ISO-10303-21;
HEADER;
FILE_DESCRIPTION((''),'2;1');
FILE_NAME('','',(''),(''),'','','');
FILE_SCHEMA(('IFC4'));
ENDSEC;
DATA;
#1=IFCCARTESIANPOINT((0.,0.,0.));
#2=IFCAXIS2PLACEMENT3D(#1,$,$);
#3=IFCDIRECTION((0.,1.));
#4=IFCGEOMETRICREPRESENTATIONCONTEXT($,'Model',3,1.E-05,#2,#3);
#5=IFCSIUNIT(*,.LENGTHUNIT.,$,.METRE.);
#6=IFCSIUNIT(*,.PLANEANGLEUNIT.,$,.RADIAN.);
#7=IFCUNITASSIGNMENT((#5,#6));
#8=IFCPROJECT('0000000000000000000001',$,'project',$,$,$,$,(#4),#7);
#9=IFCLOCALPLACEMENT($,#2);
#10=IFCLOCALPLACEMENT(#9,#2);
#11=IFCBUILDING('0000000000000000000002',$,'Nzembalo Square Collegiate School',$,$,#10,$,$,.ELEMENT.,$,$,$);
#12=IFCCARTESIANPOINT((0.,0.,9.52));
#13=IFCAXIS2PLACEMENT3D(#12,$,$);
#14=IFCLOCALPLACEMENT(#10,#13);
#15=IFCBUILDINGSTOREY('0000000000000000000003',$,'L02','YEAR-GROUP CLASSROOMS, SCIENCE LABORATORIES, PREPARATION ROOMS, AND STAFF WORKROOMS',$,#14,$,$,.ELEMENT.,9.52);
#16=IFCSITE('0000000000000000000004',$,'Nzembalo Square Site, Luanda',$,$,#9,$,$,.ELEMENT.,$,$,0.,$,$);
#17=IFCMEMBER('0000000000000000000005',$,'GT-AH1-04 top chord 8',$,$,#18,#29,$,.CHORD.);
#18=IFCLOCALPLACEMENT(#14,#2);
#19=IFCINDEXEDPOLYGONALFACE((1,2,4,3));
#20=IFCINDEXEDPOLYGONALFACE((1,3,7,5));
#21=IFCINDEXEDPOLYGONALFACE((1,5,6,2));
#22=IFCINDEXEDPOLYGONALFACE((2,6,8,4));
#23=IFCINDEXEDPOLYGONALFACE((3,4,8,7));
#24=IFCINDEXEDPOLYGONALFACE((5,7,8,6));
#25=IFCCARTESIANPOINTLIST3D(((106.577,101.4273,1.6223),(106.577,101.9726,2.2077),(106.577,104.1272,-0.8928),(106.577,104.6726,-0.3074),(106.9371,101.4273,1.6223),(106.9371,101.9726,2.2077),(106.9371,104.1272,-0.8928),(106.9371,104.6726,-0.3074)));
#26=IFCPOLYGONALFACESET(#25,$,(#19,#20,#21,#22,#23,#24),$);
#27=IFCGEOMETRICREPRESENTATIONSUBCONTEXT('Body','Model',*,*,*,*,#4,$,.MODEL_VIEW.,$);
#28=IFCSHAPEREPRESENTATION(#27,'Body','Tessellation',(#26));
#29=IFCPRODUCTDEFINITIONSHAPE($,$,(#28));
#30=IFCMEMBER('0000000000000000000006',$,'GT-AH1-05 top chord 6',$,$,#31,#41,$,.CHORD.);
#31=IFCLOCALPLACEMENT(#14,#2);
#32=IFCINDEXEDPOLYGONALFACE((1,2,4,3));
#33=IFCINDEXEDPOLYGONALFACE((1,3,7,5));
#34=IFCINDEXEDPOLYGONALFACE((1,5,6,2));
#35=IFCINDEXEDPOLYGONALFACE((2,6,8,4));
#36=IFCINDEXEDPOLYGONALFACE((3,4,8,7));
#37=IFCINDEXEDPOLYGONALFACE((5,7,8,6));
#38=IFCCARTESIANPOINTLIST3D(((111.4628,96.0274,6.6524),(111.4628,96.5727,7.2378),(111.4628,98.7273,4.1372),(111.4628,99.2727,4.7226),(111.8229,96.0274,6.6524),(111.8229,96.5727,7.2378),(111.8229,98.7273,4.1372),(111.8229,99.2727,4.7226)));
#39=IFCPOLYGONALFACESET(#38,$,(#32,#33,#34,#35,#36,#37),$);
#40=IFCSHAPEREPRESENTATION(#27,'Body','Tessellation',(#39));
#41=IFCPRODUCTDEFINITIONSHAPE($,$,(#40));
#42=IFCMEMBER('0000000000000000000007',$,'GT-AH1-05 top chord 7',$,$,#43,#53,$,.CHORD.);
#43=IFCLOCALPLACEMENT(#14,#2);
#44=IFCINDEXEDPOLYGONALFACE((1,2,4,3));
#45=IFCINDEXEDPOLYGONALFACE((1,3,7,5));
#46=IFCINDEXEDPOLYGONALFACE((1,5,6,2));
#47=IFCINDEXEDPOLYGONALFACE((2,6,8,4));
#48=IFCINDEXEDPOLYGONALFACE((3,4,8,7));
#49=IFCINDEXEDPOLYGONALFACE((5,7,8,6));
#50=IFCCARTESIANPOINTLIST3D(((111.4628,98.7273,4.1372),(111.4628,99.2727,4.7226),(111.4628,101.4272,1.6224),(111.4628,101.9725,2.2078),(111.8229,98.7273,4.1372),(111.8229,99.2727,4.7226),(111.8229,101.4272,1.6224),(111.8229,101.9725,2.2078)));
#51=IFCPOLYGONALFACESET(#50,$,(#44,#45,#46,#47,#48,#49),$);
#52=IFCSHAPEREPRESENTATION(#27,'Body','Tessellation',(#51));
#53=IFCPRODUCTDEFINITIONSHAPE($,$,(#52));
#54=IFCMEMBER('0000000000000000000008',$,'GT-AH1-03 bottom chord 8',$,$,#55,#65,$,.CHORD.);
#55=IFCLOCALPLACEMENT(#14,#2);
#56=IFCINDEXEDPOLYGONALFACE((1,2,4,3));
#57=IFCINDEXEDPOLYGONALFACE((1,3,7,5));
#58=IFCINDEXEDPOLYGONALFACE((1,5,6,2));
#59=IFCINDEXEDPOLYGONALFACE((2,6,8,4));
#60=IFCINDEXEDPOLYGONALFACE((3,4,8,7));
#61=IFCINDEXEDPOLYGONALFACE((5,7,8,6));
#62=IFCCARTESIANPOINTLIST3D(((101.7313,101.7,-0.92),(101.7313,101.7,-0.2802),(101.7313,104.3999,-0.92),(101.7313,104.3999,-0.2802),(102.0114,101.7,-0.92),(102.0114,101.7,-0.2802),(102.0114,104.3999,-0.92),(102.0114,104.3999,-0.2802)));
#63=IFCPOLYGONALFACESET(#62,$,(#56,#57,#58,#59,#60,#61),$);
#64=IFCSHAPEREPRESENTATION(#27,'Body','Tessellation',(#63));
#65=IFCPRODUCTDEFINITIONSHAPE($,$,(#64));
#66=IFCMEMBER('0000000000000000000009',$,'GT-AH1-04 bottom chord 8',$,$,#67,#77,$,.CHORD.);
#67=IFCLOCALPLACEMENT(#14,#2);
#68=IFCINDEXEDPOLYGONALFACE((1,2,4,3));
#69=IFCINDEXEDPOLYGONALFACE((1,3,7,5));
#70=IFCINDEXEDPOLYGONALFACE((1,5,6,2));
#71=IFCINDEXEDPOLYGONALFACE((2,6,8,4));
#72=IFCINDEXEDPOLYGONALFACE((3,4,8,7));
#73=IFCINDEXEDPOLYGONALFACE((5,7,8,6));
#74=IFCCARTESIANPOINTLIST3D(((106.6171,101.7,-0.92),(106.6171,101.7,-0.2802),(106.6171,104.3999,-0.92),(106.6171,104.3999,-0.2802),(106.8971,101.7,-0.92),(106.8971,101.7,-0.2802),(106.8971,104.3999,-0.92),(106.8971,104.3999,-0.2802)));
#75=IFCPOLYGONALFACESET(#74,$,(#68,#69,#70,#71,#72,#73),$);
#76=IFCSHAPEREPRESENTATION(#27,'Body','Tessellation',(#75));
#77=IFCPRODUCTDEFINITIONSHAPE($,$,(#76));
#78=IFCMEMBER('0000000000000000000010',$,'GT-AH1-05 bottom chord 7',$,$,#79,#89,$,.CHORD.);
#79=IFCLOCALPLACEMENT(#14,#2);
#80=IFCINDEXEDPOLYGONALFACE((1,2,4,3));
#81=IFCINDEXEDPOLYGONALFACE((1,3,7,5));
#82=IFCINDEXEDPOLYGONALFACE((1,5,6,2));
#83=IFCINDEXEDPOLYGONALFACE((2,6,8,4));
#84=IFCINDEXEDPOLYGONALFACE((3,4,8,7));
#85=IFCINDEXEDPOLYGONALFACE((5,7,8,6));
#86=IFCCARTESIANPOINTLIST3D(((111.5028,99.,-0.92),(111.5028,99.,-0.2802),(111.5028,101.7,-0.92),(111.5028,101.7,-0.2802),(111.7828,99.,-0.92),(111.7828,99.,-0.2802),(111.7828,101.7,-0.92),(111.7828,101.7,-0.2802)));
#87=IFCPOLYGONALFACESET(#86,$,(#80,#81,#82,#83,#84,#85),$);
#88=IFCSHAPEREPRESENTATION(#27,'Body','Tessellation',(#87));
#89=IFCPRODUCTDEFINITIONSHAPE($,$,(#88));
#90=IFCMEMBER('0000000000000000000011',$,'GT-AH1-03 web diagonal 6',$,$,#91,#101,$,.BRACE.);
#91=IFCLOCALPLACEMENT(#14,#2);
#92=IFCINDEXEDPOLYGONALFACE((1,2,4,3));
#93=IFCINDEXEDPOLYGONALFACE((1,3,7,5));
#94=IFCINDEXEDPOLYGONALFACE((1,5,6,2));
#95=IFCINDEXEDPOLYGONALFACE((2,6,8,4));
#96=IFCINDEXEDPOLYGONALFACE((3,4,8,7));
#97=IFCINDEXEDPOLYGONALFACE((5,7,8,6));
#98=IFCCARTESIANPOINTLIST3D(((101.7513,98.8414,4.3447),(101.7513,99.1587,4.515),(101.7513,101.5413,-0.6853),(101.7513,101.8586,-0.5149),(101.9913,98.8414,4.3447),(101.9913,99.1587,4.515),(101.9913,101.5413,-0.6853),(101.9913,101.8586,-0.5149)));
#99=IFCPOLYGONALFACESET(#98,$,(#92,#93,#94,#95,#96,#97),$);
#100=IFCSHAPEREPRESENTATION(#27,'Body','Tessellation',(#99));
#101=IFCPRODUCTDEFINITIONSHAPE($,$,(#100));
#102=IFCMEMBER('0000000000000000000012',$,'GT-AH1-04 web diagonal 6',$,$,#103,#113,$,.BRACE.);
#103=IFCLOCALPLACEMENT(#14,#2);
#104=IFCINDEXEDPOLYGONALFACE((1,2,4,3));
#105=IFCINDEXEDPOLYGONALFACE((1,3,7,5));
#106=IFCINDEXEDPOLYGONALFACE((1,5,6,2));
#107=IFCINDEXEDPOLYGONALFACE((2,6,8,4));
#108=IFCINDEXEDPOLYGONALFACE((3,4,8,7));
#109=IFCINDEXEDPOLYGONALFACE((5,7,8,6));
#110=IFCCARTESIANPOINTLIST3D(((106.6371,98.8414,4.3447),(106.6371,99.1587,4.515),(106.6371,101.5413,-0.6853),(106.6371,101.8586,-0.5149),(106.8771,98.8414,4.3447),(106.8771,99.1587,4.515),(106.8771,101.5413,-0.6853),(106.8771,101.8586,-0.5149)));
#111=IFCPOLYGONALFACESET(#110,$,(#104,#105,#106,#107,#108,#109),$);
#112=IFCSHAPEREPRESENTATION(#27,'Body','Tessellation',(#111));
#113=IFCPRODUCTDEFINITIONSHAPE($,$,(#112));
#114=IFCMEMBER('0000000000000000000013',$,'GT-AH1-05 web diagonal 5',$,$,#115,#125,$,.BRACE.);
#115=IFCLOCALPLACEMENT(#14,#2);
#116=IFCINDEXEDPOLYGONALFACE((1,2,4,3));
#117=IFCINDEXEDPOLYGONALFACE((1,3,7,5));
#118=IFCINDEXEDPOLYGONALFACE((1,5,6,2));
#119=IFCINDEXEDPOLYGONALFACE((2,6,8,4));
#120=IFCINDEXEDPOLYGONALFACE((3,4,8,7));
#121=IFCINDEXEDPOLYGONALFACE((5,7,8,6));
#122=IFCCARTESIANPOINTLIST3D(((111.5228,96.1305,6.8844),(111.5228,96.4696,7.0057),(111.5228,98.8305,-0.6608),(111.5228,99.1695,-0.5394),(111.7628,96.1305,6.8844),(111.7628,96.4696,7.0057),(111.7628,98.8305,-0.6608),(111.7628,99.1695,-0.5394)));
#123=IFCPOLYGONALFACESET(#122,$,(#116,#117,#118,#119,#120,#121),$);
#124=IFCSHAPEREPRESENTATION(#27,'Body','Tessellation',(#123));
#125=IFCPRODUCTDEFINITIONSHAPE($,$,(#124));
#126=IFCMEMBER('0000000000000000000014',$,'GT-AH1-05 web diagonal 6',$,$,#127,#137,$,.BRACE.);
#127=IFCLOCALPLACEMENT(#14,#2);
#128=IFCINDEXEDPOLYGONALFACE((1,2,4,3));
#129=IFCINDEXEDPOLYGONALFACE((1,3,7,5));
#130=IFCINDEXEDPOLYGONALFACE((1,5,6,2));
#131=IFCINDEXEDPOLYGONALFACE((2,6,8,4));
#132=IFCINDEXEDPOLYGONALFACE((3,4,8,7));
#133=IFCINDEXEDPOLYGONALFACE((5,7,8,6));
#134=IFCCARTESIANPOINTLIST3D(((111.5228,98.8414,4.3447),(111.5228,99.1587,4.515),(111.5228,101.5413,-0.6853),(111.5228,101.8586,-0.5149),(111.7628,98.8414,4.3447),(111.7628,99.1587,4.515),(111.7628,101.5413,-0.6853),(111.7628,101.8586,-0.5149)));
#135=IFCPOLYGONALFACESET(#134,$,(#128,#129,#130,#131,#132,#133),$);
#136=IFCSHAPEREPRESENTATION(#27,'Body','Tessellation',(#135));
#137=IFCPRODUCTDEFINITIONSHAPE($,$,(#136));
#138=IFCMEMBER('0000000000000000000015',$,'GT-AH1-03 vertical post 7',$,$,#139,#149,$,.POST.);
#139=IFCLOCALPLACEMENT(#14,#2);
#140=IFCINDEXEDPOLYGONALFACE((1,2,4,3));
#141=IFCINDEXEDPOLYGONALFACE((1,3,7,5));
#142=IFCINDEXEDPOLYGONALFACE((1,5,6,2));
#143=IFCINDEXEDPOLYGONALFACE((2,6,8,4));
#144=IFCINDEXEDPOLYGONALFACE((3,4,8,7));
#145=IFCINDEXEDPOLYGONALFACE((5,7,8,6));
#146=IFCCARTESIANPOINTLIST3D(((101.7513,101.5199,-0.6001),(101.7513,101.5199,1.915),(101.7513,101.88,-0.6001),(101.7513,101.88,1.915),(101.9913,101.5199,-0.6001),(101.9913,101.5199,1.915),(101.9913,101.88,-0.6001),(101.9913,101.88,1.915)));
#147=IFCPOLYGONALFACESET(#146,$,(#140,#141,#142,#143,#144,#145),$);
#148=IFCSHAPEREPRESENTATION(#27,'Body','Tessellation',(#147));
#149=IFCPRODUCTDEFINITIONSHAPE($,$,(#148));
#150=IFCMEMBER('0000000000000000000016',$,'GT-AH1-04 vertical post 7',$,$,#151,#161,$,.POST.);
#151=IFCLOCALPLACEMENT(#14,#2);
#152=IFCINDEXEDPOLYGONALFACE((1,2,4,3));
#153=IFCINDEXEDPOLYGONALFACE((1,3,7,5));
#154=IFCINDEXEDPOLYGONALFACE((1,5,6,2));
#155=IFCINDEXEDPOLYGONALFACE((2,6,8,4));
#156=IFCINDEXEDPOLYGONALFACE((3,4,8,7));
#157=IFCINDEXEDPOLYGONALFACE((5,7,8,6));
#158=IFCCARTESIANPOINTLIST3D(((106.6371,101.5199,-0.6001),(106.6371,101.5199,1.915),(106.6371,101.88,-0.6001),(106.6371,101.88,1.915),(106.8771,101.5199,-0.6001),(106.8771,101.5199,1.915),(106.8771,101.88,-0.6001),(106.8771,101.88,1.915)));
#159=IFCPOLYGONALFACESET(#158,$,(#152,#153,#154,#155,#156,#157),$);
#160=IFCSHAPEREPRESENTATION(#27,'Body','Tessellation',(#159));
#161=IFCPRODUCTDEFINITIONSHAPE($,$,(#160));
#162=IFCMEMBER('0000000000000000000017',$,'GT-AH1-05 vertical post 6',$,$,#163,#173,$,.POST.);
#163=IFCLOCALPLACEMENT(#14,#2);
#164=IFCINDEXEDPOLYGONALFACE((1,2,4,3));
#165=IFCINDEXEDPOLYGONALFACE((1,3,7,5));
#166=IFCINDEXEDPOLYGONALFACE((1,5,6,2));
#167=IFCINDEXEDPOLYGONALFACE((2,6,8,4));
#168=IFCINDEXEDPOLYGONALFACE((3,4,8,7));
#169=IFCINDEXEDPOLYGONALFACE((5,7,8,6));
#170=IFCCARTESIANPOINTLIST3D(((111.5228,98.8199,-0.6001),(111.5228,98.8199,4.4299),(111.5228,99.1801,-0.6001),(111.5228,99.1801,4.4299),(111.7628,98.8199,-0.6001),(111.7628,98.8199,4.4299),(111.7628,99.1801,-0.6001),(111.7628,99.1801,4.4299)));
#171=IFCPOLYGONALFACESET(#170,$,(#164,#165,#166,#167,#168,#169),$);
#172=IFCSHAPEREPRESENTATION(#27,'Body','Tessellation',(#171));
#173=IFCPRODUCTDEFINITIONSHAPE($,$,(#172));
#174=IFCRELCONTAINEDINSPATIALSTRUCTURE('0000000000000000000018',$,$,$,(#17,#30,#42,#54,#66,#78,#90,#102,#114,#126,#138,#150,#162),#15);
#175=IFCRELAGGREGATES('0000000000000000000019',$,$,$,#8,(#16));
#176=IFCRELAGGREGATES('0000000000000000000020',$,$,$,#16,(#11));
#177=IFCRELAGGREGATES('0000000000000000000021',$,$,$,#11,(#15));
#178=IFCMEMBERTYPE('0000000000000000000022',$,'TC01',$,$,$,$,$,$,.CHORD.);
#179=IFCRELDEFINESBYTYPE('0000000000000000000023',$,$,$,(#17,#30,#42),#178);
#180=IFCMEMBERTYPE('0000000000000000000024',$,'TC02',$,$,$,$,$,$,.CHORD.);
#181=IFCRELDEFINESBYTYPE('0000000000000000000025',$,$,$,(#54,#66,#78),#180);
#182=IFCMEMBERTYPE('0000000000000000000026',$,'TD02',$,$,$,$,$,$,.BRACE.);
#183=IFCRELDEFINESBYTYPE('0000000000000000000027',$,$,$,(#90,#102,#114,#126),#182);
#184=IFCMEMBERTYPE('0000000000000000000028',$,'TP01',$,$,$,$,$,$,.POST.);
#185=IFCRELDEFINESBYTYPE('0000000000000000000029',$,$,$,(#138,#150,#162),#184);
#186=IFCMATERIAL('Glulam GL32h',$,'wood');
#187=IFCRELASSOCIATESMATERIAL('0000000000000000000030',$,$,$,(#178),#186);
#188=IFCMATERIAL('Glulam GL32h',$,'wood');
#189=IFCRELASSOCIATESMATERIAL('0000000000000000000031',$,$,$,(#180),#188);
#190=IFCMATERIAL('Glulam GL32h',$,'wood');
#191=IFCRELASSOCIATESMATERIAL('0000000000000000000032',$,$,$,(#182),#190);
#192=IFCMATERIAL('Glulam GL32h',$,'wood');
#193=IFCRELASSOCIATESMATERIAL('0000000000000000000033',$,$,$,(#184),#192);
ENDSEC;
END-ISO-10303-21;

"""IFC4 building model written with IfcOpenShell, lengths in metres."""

from ifc_helpers import new_model, si_unit, direction, frame, origin, origin_2d, place, context, subcontext, project, spatial, rectangle, extrude, material, material_profile, profile_set, type_object, element, save


model = new_model("IFC4")

# Units and contexts
model_context = context("Model", 3, precision=1e-05, world=origin(), true_north=direction((0.0, 1.0)))
body_context = subcontext(model_context, "Body", "Model", "MODEL_VIEW")
ifc_project = project(units=[si_unit("LENGTHUNIT", "METRE"), si_unit("PLANEANGLEUNIT", "RADIAN")], contexts=[model_context])

# Site, building, storey
site_placement = place(None, origin())
site = spatial("IfcSite", under=ifc_project, at=site_placement, Name="Nzembalo Square Site, Luanda", CompositionType="ELEMENT", RefElevation=0.0)
building_placement = place(site_placement, origin())
building = spatial("IfcBuilding", under=site, at=building_placement, Name="Nzembalo Square Collegiate School", CompositionType="ELEMENT")
storey_placement = place(building_placement, frame((0.0, 0.0, 9.52)))
storey = spatial("IfcBuildingStorey", under=building, at=storey_placement, Name="L02", Description="YEAR-GROUP CLASSROOMS, SCIENCE LABORATORIES, PREPARATION ROOMS, AND STAFF WORKROOMS", CompositionType="ELEMENT", Elevation=9.52)

# Members
ifc_material_1 = material(Name="Glulam GL32h", Category="wood")
ifc_material_profile_1 = material_profile(ifc_material_1, rectangle(XDim=0.3601, YDim=0.8, at=origin_2d()), Name="GL32h 360x800")
ifc_profile_set_1 = profile_set([ifc_material_profile_1], Name="Glulam GL32h")
member_type_1 = type_object("IfcMemberType", Name="TC01", PredefinedType="CHORD", material=ifc_profile_set_1)
for number, where, z_axis, x_axis, name in (
    (1, (106.7571, 101.7, 1.915), (0.0, 0.731706, -0.68162), (-1.0, 0.0, 0.0), "GT-AH1-04 top chord 8"),
    (2, (111.6428, 96.3, 6.9451), (0.0, 0.731706, -0.68162), (-1.0, 0.0, 0.0), "GT-AH1-05 top chord 6"),
):
    element("IfcMember", number, at=place(storey_placement, frame(where, z_axis=z_axis, x_axis=x_axis)), inside=storey, type_object=member_type_1, Name=name, PredefinedType="CHORD", context=body_context, shape_type="SweptSolid", body=[
        extrude(rectangle(XDim=0.3601, YDim=0.8, at=origin_2d()), origin(), (0.0, 0.0, 1.0), 3.6899),
    ])
member_1_placement = place(storey_placement, frame((111.6428, 99.0, 4.4299), z_axis=(0.0, 0.731739, -0.681585), x_axis=(-1.0, 0.0, 0.0)))
element("IfcMember", 3, at=member_1_placement, inside=storey, type_object=member_type_1, Name="GT-AH1-05 top chord 7", PredefinedType="CHORD", context=body_context, shape_type="SweptSolid", body=[
    extrude(rectangle(XDim=0.3601, YDim=0.8, at=origin_2d()), origin(), (0.0, 0.0, 1.0), 3.6897),
])
ifc_material_2 = material(Name="Glulam GL32h", Category="wood")
ifc_material_profile_2 = material_profile(ifc_material_2, rectangle(XDim=0.28, YDim=0.6399, at=origin_2d()), Name="GL32h 280x640")
ifc_profile_set_2 = profile_set([ifc_material_profile_2], Name="Glulam GL32h")
member_type_2 = type_object("IfcMemberType", Name="TC02", PredefinedType="CHORD", material=ifc_profile_set_2)
for number, where, z_axis, x_axis, name in (
    (4, (101.8713, 101.7, -0.6001), (0.0, 1.0, 0.0), (-1.0, 0.0, 0.0), "GT-AH1-03 bottom chord 8"),
    (5, (106.7571, 101.7, -0.6001), (0.0, 1.0, 0.0), (-1.0, 0.0, 0.0), "GT-AH1-04 bottom chord 8"),
    (6, (111.6428, 99.0, -0.6001), (0.0, 1.0, 0.0), (-1.0, 0.0, 0.0), "GT-AH1-05 bottom chord 7"),
):
    element("IfcMember", number, at=place(storey_placement, frame(where, z_axis=z_axis, x_axis=x_axis)), inside=storey, type_object=member_type_2, Name=name, PredefinedType="CHORD", context=body_context, shape_type="SweptSolid", body=[
        extrude(rectangle(XDim=0.28, YDim=0.6399, at=origin_2d()), origin(), (0.0, 0.0, 1.0), 2.7),
    ])
ifc_material_3 = material(Name="Glulam GL32h", Category="wood")
ifc_material_profile_3 = material_profile(ifc_material_3, rectangle(XDim=0.24, YDim=0.3601, at=origin_2d()), Name="GL32h 240x360")
ifc_profile_set_3 = profile_set([ifc_material_profile_3], Name="Glulam GL32h")
member_type_3 = type_object("IfcMemberType", Name="TD02", PredefinedType="BRACE", material=ifc_profile_set_3)
for number, where, z_axis, x_axis, name in (
    (7, (101.8713, 101.7, -0.6001), (0.0, -0.472942, 0.881094), (1.0, 0.0, 0.0), "GT-AH1-03 web diagonal 6"),
    (8, (106.7571, 101.7, -0.6001), (0.0, -0.472942, 0.881094), (1.0, 0.0, 0.0), "GT-AH1-04 web diagonal 6"),
):
    element("IfcMember", number, at=place(storey_placement, frame(where, z_axis=z_axis, x_axis=x_axis)), inside=storey, type_object=member_type_3, Name=name, PredefinedType="BRACE", context=body_context, shape_type="SweptSolid", body=[
        extrude(rectangle(XDim=0.24, YDim=0.3601, at=origin_2d()), origin(), (0.0, 0.0, 1.0), 5.7087),
    ])
member_2_placement = place(storey_placement, frame((111.6428, 99.0, -0.6001), z_axis=(0.0, -0.336917, 0.941534), x_axis=(1.0, 0.0, 0.0)))
element("IfcMember", 9, at=member_2_placement, inside=storey, type_object=member_type_3, Name="GT-AH1-05 web diagonal 5", PredefinedType="BRACE", context=body_context, shape_type="SweptSolid", body=[
    extrude(rectangle(XDim=0.24, YDim=0.3601, at=origin_2d()), origin(), (0.0, 0.0, 1.0), 8.0137),
])
member_3_placement = place(storey_placement, frame((111.6428, 101.7, -0.6001), z_axis=(0.0, -0.472942, 0.881094), x_axis=(1.0, 0.0, 0.0)))
element("IfcMember", 10, at=member_3_placement, inside=storey, type_object=member_type_3, Name="GT-AH1-05 web diagonal 6", PredefinedType="BRACE", context=body_context, shape_type="SweptSolid", body=[
    extrude(rectangle(XDim=0.24, YDim=0.3601, at=origin_2d()), origin(), (0.0, 0.0, 1.0), 5.7087),
])
ifc_material_4 = material(Name="Glulam GL32h", Category="wood")
ifc_material_profile_4 = material_profile(ifc_material_4, rectangle(XDim=0.24, YDim=0.3601, at=origin_2d()), Name="GL32h 240x360")
ifc_profile_set_4 = profile_set([ifc_material_profile_4], Name="Glulam GL32h")
member_type_4 = type_object("IfcMemberType", Name="TP01", PredefinedType="POST", material=ifc_profile_set_4)
for number, where, z_axis, x_axis, name in (
    (11, (101.8713, 101.7, -0.6001), (0.0, 0.0, 1.0), (1.0, 0.0, 0.0), "GT-AH1-03 vertical post 7"),
    (12, (106.7571, 101.7, -0.6001), (0.0, 0.0, 1.0), (1.0, 0.0, 0.0), "GT-AH1-04 vertical post 7"),
):
    element("IfcMember", number, at=place(storey_placement, frame(where, z_axis=z_axis, x_axis=x_axis)), inside=storey, type_object=member_type_4, Name=name, PredefinedType="POST", context=body_context, shape_type="SweptSolid", body=[
        extrude(rectangle(XDim=0.24, YDim=0.3601, at=origin_2d()), origin(), (0.0, 0.0, 1.0), 2.5151),
    ])
member_4_placement = place(storey_placement, frame((111.6428, 99.0, -0.6001), z_axis=(0.0, 0.0, 1.0), x_axis=(1.0, 0.0, 0.0)))
element("IfcMember", 13, at=member_4_placement, inside=storey, type_object=member_type_4, Name="GT-AH1-05 vertical post 6", PredefinedType="POST", context=body_context, shape_type="SweptSolid", body=[
    extrude(rectangle(XDim=0.24, YDim=0.3601, at=origin_2d()), origin(), (0.0, 0.0, 1.0), 5.03),
])

save(model, "model.ifc")
